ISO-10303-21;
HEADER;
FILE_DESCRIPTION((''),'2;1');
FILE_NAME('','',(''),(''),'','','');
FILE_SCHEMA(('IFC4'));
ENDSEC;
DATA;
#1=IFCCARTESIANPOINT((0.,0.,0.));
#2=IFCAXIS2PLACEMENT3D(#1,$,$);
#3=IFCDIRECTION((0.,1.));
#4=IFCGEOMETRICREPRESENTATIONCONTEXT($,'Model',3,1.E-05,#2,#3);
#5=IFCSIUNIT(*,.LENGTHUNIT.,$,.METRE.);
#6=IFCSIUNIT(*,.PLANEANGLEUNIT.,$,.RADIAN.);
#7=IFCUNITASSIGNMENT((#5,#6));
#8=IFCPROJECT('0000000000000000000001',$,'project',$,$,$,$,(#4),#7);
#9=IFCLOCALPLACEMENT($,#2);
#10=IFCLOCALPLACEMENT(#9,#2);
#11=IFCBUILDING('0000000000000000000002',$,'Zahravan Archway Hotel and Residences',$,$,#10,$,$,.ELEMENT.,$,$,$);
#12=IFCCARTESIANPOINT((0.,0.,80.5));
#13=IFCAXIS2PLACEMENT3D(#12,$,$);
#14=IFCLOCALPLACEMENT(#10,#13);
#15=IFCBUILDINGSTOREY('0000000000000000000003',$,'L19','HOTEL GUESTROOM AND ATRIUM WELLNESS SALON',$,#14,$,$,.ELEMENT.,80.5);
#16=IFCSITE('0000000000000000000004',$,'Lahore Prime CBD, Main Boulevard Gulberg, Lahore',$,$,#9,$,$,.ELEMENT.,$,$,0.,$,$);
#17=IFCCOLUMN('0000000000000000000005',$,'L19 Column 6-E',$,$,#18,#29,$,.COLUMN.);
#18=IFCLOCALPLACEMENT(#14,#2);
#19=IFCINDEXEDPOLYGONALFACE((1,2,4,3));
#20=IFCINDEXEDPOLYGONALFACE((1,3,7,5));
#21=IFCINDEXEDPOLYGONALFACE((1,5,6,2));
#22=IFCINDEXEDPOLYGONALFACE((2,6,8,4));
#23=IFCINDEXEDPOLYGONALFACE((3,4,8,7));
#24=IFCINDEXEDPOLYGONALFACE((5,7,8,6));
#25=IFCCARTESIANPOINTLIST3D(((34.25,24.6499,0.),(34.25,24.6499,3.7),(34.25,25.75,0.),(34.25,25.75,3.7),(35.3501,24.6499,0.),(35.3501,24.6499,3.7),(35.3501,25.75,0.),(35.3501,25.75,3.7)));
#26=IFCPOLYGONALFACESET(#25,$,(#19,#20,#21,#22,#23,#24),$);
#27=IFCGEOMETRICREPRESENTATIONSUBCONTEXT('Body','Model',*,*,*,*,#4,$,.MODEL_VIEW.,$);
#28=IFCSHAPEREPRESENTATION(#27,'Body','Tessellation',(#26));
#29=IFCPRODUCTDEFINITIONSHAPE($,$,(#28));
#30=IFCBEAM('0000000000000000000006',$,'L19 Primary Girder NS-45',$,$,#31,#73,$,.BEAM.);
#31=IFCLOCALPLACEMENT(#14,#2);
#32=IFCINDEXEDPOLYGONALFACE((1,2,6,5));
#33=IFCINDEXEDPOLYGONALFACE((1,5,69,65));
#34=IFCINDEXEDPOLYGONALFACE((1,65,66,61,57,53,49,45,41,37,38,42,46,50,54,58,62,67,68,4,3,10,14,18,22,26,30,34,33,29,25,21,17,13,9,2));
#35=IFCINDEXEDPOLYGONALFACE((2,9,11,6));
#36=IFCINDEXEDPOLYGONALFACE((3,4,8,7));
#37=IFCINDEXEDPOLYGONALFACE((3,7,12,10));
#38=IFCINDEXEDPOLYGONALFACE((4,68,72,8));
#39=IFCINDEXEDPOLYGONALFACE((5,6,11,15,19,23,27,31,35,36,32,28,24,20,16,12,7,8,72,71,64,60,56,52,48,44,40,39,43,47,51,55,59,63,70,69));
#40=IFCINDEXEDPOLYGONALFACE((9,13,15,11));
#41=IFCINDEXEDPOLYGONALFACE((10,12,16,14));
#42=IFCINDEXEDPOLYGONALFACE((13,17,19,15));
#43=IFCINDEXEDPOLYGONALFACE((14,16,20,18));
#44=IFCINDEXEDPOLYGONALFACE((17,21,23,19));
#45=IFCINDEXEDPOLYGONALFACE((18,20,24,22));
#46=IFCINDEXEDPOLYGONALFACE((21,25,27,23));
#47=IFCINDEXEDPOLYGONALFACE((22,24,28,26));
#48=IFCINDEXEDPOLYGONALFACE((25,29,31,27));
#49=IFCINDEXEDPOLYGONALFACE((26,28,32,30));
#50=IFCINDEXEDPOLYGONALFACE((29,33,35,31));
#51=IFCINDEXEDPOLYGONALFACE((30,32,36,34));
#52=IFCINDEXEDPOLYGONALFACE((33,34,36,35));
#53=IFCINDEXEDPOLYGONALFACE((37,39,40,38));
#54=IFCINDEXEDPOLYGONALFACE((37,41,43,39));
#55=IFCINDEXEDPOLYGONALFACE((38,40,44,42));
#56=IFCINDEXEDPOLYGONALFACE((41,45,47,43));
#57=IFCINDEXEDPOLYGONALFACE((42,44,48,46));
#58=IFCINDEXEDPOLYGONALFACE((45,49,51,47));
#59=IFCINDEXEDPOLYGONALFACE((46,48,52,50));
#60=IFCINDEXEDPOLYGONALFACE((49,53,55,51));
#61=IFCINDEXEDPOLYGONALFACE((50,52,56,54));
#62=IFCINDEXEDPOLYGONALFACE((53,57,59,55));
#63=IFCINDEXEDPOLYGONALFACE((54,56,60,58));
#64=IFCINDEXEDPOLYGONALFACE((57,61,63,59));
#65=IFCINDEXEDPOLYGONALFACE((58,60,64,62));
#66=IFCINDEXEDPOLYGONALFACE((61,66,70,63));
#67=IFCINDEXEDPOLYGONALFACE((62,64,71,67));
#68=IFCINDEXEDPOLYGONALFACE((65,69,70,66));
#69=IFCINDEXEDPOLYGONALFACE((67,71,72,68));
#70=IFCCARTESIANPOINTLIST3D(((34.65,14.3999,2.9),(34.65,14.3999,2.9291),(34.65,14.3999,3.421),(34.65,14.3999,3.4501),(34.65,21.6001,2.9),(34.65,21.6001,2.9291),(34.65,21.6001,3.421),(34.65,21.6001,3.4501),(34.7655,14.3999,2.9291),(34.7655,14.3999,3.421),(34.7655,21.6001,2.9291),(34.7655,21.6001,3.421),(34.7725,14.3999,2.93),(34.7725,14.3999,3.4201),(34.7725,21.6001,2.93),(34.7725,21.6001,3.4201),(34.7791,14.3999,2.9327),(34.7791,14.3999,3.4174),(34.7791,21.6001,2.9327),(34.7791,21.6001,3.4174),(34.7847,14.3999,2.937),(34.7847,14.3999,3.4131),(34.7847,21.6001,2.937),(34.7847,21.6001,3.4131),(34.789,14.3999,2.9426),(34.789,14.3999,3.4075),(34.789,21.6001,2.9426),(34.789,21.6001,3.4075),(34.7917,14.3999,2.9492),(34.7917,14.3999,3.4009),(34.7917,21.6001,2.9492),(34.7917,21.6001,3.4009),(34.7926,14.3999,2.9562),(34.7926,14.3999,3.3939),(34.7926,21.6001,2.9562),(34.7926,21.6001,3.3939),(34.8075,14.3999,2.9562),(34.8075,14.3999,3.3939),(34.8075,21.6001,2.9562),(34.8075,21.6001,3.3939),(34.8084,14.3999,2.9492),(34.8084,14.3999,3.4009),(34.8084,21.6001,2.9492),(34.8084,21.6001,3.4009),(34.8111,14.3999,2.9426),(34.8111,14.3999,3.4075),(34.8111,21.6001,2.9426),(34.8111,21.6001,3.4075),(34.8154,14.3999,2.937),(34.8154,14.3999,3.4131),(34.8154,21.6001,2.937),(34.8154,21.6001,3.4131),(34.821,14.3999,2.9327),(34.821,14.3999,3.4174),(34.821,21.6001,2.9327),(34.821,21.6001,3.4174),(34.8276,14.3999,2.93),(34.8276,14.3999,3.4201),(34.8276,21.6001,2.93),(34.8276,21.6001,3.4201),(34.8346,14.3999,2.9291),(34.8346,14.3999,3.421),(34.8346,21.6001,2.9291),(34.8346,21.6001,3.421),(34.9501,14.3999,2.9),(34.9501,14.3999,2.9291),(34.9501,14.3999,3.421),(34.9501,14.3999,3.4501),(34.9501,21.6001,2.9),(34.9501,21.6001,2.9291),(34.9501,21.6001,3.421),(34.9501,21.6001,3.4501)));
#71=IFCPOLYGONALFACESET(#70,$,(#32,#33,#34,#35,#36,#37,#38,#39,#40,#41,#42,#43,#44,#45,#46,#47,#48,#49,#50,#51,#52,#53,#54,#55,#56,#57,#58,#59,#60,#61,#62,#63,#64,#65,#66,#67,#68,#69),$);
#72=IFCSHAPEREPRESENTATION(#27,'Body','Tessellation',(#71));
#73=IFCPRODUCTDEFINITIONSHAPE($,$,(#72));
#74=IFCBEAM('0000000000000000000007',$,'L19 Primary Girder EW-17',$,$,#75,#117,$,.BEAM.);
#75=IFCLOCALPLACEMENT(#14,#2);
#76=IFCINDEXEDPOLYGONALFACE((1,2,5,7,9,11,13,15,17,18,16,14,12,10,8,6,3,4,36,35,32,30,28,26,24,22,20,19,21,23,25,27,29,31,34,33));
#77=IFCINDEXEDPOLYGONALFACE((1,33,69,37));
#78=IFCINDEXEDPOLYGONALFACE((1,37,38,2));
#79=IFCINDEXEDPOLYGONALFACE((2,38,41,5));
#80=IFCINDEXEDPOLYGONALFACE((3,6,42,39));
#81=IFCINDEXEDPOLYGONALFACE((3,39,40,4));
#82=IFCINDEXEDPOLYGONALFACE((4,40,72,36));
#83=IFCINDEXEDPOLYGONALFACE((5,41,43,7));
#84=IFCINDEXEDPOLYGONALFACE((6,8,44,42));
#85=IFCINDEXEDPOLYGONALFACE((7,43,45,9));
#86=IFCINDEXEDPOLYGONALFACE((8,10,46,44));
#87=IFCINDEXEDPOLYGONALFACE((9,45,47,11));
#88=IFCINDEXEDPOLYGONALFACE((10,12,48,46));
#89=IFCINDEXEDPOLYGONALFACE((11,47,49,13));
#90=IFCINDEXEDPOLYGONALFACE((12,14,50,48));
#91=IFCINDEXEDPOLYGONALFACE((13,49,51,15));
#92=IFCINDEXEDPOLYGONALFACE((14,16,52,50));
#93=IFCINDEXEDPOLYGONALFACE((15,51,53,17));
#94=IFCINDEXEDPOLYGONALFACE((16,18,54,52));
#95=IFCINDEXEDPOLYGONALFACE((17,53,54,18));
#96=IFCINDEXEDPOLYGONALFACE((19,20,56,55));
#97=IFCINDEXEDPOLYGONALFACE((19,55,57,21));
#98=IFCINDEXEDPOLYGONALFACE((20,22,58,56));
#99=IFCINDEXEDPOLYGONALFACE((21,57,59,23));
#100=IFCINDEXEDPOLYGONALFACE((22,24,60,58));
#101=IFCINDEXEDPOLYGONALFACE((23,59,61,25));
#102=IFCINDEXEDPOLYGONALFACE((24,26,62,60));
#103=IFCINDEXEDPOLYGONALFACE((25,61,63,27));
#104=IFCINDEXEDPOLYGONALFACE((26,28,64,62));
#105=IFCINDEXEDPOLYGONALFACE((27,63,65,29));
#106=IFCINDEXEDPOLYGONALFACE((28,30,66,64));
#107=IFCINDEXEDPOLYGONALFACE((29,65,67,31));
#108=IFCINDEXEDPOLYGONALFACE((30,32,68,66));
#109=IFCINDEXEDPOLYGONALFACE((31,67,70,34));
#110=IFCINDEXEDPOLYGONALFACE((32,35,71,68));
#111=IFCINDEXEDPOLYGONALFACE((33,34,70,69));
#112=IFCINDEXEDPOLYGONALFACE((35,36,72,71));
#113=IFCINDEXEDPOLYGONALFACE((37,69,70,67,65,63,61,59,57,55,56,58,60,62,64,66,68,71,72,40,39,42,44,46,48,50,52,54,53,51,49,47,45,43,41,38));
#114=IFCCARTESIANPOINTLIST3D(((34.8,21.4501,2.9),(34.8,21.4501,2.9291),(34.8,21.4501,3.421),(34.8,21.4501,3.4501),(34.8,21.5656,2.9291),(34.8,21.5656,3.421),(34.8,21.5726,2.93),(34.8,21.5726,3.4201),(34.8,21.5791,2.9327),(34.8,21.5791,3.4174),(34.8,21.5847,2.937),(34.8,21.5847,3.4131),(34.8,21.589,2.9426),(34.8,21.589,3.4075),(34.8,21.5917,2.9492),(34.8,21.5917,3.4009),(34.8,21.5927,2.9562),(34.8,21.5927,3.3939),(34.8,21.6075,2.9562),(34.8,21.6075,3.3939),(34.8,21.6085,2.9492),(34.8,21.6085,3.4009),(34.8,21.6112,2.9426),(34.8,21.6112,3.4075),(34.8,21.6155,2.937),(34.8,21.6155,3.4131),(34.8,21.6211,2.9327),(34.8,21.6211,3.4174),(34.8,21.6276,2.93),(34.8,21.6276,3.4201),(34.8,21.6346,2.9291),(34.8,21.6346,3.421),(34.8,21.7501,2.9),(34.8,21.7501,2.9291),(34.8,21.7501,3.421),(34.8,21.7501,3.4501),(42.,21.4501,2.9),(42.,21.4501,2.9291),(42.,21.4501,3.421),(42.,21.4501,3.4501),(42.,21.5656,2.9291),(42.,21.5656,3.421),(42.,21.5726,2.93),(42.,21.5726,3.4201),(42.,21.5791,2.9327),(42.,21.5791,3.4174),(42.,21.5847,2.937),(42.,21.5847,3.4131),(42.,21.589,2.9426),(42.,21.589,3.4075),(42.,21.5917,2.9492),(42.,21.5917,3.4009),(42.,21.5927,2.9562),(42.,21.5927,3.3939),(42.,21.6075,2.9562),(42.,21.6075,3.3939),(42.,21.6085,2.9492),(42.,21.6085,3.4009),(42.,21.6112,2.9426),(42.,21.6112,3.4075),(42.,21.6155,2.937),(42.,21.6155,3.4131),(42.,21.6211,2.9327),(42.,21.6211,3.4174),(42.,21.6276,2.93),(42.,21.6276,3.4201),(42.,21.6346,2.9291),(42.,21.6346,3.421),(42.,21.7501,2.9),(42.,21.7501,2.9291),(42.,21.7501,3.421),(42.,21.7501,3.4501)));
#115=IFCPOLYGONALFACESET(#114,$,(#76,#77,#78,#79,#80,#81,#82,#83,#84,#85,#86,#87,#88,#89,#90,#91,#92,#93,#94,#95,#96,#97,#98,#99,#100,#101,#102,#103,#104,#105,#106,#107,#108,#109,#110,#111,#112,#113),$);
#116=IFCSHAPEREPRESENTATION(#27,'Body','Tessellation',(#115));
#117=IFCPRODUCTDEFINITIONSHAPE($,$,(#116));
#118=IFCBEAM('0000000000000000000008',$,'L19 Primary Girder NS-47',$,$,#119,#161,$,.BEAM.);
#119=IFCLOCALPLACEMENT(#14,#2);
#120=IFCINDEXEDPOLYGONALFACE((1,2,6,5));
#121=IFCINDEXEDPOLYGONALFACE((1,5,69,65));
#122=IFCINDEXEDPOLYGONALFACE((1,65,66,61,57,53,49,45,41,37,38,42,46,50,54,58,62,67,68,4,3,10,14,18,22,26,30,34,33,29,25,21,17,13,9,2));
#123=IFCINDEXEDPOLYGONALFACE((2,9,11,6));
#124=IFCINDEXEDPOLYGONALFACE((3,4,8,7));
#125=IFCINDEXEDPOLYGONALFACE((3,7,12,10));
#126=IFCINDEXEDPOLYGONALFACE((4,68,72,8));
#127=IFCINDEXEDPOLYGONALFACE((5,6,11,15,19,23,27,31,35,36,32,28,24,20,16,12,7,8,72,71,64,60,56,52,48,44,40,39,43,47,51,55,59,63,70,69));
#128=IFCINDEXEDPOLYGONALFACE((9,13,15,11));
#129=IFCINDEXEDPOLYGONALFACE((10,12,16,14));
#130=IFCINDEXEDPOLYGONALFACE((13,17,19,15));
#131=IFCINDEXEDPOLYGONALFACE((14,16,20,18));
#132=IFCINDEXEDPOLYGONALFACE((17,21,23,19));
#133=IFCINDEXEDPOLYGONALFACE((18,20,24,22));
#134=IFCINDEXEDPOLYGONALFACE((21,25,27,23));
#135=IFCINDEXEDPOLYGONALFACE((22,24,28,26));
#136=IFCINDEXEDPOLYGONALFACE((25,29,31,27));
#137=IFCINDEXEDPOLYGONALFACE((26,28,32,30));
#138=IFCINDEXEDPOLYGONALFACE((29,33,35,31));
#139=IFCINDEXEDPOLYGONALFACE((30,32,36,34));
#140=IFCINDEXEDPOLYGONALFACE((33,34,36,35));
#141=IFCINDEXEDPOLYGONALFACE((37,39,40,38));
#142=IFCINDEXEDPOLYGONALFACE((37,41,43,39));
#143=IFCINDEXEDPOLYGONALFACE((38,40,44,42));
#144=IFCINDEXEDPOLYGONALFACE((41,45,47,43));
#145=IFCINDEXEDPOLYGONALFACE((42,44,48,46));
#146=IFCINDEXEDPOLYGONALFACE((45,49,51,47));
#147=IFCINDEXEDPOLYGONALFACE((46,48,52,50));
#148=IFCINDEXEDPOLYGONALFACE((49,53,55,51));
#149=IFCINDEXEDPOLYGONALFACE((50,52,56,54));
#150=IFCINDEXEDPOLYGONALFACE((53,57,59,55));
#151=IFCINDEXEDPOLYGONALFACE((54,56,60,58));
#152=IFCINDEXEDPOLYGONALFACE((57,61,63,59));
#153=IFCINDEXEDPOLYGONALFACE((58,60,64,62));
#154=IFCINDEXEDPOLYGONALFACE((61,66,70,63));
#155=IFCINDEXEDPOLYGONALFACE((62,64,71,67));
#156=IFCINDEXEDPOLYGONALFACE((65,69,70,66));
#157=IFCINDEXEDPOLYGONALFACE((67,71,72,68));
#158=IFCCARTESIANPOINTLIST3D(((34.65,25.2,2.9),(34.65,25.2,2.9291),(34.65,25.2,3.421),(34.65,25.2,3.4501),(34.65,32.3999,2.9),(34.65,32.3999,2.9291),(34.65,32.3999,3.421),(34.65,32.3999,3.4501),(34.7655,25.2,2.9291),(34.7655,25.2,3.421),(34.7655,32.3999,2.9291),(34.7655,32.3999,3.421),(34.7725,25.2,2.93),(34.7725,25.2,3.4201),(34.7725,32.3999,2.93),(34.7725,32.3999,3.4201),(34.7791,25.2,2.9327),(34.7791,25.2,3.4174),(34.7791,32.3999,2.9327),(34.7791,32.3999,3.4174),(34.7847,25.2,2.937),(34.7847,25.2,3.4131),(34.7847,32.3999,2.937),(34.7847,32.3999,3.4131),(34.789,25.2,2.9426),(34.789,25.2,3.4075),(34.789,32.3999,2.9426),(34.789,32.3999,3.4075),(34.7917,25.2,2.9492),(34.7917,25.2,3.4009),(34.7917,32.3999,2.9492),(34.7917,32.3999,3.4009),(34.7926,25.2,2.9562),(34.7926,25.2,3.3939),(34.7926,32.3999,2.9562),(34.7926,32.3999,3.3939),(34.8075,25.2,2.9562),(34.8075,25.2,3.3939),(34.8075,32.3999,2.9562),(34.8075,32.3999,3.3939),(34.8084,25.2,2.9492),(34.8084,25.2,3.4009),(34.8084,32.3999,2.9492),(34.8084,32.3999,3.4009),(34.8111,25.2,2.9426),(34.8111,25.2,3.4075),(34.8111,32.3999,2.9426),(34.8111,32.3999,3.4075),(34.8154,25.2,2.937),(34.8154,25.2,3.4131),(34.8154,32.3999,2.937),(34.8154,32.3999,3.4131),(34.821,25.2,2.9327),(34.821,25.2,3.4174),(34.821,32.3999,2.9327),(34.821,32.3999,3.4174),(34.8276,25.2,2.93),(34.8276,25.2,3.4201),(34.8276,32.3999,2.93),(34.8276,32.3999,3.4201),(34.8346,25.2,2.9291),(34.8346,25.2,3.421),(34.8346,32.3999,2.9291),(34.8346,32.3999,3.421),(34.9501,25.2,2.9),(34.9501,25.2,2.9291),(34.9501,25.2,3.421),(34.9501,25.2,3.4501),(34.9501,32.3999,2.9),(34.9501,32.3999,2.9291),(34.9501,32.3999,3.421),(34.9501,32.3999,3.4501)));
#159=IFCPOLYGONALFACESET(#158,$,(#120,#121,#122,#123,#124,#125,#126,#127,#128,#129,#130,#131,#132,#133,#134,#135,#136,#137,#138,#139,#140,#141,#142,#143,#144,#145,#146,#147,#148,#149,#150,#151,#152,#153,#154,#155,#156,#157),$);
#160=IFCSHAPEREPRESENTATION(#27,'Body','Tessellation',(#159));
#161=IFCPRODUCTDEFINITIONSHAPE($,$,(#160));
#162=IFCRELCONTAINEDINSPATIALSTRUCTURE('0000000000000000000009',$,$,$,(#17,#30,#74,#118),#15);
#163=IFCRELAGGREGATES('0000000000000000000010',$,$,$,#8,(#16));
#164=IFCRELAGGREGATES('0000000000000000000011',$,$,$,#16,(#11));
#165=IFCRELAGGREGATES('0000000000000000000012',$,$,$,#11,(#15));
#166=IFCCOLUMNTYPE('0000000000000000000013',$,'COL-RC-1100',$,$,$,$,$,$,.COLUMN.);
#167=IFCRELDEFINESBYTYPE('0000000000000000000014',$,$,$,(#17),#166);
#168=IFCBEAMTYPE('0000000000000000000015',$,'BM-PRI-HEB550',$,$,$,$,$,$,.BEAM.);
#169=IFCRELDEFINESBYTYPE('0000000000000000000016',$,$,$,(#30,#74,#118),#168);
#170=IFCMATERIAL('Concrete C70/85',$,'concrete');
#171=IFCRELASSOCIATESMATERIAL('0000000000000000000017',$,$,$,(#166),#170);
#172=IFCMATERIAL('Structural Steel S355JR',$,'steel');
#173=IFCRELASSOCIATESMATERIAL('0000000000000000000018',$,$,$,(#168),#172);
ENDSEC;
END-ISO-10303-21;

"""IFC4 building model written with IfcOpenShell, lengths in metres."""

from ifc_helpers import new_model, si_unit, direction, frame, origin, origin_2d, place, context, subcontext, project, spatial, rectangle, i_section, extrude, source, transform, mapped, material, material_profile, profile_set, type_object, type_shapes, element, save


model = new_model("IFC4")

# Units and contexts
model_context = context("Model", 3, precision=1e-05, world=origin(), true_north=direction((0.0, 1.0)))
body_context = subcontext(model_context, "Body", "Model", "MODEL_VIEW")
ifc_project = project(units=[si_unit("LENGTHUNIT", "METRE"), si_unit("PLANEANGLEUNIT", "RADIAN")], contexts=[model_context])

# Site, building, storey
site_placement = place(None, origin())
site = spatial("IfcSite", under=ifc_project, at=site_placement, Name="Lahore Prime CBD, Main Boulevard Gulberg, Lahore", CompositionType="ELEMENT", RefElevation=0.0)
building_placement = place(site_placement, origin())
building = spatial("IfcBuilding", under=site, at=building_placement, Name="Zahravan Archway Hotel and Residences", CompositionType="ELEMENT")
storey_placement = place(building_placement, frame((0.0, 0.0, 80.5)))
storey = spatial("IfcBuildingStorey", under=building, at=storey_placement, Name="L19", Description="HOTEL GUESTROOM AND ATRIUM WELLNESS SALON", CompositionType="ELEMENT", Elevation=80.5)

# Column
ifc_material_1 = material(Name="Concrete C70/85", Category="concrete")
ifc_material_profile_1 = material_profile(ifc_material_1, rectangle(XDim=1.1001, YDim=1.1001, at=origin_2d()), Name="RC 1100x1100", Category="concrete")
ifc_profile_set_1 = profile_set([ifc_material_profile_1], Name="Concrete C70/85")
column_type = type_object("IfcColumnType", Name="COL-RC-1100", PredefinedType="COLUMN", material=ifc_profile_set_1)
shared_shape_1 = source(origin(), body_context, "Body", "SweptSolid", [
    extrude(rectangle(XDim=1.1001, YDim=1.1001, at=origin_2d()), origin(), (0.0, 0.0, 1.0), 3.7),
])
column_placement = place(storey_placement, frame((34.8, 25.2, 0.0), z_axis=(0.0, 0.0, 1.0), x_axis=(1.0, 0.0, 0.0)))
element("IfcColumn", 1, at=column_placement, inside=storey, type_object=column_type, Name="L19 Column 6-E", PredefinedType="COLUMN", context=body_context, shape_type="MappedRepresentation", body=[
    mapped(shared_shape_1, transform((0.0, 0.0, 0.0), scale=1.0)),
])

# Beams
ifc_material_2 = material(Name="Structural Steel S355JR", Category="steel")
ifc_material_profile_2 = material_profile(ifc_material_2, i_section(OverallWidth=0.3, OverallDepth=0.55, WebThickness=0.0149, FlangeThickness=0.0291, FilletRadius=0.0271, at=origin_2d()), Name="HEB 550", Category="steel")
ifc_profile_set_2 = profile_set([ifc_material_profile_2], Name="Structural Steel S355JR")
beam_type = type_object("IfcBeamType", Name="BM-PRI-HEB550", PredefinedType="BEAM", material=ifc_profile_set_2)
shared_shape_2 = source(origin(), body_context, "Body", "SweptSolid", [
    extrude(i_section(OverallWidth=0.3, OverallDepth=0.55, WebThickness=0.0149, FlangeThickness=0.0291, FilletRadius=0.0271, at=origin_2d()), origin(), (0.0, 0.0, 1.0), 7.2002),
])
type_shapes(beam_type, [shared_shape_2])
beam_1_placement = place(storey_placement, frame((34.8, 14.3999, 3.175), z_axis=(0.0, 1.0, 0.0), x_axis=(-1.0, 0.0, 0.0)))
element("IfcBeam", 2, at=beam_1_placement, inside=storey, type_object=beam_type, Name="L19 Primary Girder NS-45", PredefinedType="BEAM", context=body_context, shape_type="MappedRepresentation", body=[
    mapped(shared_shape_2, transform((0.0, 0.0, 0.0), scale=1.0)),
])
shared_shape_3 = source(origin(), body_context, "Body", "SweptSolid", [
    extrude(i_section(OverallWidth=0.3, OverallDepth=0.55, WebThickness=0.0149, FlangeThickness=0.0291, FilletRadius=0.0271, at=origin_2d()), origin(), (0.0, 0.0, 1.0), 7.2),
])
for number, where, z_axis, x_axis, name in (
    (3, (34.8, 21.6001, 3.175), (1.0, 0.0, 0.0), (0.0, 1.0, 0.0), "L19 Primary Girder EW-17"),
    (4, (34.8, 25.2, 3.175), (0.0, 1.0, 0.0), (-1.0, 0.0, 0.0), "L19 Primary Girder NS-47"),
):
    element("IfcBeam", number, at=place(storey_placement, frame(where, z_axis=z_axis, x_axis=x_axis)), inside=storey, type_object=beam_type, Name=name, PredefinedType="BEAM", context=body_context, shape_type="MappedRepresentation", body=[
        mapped(shared_shape_3, transform((0.0, 0.0, 0.0), scale=1.0)),
    ])

save(model, "model.ifc")
